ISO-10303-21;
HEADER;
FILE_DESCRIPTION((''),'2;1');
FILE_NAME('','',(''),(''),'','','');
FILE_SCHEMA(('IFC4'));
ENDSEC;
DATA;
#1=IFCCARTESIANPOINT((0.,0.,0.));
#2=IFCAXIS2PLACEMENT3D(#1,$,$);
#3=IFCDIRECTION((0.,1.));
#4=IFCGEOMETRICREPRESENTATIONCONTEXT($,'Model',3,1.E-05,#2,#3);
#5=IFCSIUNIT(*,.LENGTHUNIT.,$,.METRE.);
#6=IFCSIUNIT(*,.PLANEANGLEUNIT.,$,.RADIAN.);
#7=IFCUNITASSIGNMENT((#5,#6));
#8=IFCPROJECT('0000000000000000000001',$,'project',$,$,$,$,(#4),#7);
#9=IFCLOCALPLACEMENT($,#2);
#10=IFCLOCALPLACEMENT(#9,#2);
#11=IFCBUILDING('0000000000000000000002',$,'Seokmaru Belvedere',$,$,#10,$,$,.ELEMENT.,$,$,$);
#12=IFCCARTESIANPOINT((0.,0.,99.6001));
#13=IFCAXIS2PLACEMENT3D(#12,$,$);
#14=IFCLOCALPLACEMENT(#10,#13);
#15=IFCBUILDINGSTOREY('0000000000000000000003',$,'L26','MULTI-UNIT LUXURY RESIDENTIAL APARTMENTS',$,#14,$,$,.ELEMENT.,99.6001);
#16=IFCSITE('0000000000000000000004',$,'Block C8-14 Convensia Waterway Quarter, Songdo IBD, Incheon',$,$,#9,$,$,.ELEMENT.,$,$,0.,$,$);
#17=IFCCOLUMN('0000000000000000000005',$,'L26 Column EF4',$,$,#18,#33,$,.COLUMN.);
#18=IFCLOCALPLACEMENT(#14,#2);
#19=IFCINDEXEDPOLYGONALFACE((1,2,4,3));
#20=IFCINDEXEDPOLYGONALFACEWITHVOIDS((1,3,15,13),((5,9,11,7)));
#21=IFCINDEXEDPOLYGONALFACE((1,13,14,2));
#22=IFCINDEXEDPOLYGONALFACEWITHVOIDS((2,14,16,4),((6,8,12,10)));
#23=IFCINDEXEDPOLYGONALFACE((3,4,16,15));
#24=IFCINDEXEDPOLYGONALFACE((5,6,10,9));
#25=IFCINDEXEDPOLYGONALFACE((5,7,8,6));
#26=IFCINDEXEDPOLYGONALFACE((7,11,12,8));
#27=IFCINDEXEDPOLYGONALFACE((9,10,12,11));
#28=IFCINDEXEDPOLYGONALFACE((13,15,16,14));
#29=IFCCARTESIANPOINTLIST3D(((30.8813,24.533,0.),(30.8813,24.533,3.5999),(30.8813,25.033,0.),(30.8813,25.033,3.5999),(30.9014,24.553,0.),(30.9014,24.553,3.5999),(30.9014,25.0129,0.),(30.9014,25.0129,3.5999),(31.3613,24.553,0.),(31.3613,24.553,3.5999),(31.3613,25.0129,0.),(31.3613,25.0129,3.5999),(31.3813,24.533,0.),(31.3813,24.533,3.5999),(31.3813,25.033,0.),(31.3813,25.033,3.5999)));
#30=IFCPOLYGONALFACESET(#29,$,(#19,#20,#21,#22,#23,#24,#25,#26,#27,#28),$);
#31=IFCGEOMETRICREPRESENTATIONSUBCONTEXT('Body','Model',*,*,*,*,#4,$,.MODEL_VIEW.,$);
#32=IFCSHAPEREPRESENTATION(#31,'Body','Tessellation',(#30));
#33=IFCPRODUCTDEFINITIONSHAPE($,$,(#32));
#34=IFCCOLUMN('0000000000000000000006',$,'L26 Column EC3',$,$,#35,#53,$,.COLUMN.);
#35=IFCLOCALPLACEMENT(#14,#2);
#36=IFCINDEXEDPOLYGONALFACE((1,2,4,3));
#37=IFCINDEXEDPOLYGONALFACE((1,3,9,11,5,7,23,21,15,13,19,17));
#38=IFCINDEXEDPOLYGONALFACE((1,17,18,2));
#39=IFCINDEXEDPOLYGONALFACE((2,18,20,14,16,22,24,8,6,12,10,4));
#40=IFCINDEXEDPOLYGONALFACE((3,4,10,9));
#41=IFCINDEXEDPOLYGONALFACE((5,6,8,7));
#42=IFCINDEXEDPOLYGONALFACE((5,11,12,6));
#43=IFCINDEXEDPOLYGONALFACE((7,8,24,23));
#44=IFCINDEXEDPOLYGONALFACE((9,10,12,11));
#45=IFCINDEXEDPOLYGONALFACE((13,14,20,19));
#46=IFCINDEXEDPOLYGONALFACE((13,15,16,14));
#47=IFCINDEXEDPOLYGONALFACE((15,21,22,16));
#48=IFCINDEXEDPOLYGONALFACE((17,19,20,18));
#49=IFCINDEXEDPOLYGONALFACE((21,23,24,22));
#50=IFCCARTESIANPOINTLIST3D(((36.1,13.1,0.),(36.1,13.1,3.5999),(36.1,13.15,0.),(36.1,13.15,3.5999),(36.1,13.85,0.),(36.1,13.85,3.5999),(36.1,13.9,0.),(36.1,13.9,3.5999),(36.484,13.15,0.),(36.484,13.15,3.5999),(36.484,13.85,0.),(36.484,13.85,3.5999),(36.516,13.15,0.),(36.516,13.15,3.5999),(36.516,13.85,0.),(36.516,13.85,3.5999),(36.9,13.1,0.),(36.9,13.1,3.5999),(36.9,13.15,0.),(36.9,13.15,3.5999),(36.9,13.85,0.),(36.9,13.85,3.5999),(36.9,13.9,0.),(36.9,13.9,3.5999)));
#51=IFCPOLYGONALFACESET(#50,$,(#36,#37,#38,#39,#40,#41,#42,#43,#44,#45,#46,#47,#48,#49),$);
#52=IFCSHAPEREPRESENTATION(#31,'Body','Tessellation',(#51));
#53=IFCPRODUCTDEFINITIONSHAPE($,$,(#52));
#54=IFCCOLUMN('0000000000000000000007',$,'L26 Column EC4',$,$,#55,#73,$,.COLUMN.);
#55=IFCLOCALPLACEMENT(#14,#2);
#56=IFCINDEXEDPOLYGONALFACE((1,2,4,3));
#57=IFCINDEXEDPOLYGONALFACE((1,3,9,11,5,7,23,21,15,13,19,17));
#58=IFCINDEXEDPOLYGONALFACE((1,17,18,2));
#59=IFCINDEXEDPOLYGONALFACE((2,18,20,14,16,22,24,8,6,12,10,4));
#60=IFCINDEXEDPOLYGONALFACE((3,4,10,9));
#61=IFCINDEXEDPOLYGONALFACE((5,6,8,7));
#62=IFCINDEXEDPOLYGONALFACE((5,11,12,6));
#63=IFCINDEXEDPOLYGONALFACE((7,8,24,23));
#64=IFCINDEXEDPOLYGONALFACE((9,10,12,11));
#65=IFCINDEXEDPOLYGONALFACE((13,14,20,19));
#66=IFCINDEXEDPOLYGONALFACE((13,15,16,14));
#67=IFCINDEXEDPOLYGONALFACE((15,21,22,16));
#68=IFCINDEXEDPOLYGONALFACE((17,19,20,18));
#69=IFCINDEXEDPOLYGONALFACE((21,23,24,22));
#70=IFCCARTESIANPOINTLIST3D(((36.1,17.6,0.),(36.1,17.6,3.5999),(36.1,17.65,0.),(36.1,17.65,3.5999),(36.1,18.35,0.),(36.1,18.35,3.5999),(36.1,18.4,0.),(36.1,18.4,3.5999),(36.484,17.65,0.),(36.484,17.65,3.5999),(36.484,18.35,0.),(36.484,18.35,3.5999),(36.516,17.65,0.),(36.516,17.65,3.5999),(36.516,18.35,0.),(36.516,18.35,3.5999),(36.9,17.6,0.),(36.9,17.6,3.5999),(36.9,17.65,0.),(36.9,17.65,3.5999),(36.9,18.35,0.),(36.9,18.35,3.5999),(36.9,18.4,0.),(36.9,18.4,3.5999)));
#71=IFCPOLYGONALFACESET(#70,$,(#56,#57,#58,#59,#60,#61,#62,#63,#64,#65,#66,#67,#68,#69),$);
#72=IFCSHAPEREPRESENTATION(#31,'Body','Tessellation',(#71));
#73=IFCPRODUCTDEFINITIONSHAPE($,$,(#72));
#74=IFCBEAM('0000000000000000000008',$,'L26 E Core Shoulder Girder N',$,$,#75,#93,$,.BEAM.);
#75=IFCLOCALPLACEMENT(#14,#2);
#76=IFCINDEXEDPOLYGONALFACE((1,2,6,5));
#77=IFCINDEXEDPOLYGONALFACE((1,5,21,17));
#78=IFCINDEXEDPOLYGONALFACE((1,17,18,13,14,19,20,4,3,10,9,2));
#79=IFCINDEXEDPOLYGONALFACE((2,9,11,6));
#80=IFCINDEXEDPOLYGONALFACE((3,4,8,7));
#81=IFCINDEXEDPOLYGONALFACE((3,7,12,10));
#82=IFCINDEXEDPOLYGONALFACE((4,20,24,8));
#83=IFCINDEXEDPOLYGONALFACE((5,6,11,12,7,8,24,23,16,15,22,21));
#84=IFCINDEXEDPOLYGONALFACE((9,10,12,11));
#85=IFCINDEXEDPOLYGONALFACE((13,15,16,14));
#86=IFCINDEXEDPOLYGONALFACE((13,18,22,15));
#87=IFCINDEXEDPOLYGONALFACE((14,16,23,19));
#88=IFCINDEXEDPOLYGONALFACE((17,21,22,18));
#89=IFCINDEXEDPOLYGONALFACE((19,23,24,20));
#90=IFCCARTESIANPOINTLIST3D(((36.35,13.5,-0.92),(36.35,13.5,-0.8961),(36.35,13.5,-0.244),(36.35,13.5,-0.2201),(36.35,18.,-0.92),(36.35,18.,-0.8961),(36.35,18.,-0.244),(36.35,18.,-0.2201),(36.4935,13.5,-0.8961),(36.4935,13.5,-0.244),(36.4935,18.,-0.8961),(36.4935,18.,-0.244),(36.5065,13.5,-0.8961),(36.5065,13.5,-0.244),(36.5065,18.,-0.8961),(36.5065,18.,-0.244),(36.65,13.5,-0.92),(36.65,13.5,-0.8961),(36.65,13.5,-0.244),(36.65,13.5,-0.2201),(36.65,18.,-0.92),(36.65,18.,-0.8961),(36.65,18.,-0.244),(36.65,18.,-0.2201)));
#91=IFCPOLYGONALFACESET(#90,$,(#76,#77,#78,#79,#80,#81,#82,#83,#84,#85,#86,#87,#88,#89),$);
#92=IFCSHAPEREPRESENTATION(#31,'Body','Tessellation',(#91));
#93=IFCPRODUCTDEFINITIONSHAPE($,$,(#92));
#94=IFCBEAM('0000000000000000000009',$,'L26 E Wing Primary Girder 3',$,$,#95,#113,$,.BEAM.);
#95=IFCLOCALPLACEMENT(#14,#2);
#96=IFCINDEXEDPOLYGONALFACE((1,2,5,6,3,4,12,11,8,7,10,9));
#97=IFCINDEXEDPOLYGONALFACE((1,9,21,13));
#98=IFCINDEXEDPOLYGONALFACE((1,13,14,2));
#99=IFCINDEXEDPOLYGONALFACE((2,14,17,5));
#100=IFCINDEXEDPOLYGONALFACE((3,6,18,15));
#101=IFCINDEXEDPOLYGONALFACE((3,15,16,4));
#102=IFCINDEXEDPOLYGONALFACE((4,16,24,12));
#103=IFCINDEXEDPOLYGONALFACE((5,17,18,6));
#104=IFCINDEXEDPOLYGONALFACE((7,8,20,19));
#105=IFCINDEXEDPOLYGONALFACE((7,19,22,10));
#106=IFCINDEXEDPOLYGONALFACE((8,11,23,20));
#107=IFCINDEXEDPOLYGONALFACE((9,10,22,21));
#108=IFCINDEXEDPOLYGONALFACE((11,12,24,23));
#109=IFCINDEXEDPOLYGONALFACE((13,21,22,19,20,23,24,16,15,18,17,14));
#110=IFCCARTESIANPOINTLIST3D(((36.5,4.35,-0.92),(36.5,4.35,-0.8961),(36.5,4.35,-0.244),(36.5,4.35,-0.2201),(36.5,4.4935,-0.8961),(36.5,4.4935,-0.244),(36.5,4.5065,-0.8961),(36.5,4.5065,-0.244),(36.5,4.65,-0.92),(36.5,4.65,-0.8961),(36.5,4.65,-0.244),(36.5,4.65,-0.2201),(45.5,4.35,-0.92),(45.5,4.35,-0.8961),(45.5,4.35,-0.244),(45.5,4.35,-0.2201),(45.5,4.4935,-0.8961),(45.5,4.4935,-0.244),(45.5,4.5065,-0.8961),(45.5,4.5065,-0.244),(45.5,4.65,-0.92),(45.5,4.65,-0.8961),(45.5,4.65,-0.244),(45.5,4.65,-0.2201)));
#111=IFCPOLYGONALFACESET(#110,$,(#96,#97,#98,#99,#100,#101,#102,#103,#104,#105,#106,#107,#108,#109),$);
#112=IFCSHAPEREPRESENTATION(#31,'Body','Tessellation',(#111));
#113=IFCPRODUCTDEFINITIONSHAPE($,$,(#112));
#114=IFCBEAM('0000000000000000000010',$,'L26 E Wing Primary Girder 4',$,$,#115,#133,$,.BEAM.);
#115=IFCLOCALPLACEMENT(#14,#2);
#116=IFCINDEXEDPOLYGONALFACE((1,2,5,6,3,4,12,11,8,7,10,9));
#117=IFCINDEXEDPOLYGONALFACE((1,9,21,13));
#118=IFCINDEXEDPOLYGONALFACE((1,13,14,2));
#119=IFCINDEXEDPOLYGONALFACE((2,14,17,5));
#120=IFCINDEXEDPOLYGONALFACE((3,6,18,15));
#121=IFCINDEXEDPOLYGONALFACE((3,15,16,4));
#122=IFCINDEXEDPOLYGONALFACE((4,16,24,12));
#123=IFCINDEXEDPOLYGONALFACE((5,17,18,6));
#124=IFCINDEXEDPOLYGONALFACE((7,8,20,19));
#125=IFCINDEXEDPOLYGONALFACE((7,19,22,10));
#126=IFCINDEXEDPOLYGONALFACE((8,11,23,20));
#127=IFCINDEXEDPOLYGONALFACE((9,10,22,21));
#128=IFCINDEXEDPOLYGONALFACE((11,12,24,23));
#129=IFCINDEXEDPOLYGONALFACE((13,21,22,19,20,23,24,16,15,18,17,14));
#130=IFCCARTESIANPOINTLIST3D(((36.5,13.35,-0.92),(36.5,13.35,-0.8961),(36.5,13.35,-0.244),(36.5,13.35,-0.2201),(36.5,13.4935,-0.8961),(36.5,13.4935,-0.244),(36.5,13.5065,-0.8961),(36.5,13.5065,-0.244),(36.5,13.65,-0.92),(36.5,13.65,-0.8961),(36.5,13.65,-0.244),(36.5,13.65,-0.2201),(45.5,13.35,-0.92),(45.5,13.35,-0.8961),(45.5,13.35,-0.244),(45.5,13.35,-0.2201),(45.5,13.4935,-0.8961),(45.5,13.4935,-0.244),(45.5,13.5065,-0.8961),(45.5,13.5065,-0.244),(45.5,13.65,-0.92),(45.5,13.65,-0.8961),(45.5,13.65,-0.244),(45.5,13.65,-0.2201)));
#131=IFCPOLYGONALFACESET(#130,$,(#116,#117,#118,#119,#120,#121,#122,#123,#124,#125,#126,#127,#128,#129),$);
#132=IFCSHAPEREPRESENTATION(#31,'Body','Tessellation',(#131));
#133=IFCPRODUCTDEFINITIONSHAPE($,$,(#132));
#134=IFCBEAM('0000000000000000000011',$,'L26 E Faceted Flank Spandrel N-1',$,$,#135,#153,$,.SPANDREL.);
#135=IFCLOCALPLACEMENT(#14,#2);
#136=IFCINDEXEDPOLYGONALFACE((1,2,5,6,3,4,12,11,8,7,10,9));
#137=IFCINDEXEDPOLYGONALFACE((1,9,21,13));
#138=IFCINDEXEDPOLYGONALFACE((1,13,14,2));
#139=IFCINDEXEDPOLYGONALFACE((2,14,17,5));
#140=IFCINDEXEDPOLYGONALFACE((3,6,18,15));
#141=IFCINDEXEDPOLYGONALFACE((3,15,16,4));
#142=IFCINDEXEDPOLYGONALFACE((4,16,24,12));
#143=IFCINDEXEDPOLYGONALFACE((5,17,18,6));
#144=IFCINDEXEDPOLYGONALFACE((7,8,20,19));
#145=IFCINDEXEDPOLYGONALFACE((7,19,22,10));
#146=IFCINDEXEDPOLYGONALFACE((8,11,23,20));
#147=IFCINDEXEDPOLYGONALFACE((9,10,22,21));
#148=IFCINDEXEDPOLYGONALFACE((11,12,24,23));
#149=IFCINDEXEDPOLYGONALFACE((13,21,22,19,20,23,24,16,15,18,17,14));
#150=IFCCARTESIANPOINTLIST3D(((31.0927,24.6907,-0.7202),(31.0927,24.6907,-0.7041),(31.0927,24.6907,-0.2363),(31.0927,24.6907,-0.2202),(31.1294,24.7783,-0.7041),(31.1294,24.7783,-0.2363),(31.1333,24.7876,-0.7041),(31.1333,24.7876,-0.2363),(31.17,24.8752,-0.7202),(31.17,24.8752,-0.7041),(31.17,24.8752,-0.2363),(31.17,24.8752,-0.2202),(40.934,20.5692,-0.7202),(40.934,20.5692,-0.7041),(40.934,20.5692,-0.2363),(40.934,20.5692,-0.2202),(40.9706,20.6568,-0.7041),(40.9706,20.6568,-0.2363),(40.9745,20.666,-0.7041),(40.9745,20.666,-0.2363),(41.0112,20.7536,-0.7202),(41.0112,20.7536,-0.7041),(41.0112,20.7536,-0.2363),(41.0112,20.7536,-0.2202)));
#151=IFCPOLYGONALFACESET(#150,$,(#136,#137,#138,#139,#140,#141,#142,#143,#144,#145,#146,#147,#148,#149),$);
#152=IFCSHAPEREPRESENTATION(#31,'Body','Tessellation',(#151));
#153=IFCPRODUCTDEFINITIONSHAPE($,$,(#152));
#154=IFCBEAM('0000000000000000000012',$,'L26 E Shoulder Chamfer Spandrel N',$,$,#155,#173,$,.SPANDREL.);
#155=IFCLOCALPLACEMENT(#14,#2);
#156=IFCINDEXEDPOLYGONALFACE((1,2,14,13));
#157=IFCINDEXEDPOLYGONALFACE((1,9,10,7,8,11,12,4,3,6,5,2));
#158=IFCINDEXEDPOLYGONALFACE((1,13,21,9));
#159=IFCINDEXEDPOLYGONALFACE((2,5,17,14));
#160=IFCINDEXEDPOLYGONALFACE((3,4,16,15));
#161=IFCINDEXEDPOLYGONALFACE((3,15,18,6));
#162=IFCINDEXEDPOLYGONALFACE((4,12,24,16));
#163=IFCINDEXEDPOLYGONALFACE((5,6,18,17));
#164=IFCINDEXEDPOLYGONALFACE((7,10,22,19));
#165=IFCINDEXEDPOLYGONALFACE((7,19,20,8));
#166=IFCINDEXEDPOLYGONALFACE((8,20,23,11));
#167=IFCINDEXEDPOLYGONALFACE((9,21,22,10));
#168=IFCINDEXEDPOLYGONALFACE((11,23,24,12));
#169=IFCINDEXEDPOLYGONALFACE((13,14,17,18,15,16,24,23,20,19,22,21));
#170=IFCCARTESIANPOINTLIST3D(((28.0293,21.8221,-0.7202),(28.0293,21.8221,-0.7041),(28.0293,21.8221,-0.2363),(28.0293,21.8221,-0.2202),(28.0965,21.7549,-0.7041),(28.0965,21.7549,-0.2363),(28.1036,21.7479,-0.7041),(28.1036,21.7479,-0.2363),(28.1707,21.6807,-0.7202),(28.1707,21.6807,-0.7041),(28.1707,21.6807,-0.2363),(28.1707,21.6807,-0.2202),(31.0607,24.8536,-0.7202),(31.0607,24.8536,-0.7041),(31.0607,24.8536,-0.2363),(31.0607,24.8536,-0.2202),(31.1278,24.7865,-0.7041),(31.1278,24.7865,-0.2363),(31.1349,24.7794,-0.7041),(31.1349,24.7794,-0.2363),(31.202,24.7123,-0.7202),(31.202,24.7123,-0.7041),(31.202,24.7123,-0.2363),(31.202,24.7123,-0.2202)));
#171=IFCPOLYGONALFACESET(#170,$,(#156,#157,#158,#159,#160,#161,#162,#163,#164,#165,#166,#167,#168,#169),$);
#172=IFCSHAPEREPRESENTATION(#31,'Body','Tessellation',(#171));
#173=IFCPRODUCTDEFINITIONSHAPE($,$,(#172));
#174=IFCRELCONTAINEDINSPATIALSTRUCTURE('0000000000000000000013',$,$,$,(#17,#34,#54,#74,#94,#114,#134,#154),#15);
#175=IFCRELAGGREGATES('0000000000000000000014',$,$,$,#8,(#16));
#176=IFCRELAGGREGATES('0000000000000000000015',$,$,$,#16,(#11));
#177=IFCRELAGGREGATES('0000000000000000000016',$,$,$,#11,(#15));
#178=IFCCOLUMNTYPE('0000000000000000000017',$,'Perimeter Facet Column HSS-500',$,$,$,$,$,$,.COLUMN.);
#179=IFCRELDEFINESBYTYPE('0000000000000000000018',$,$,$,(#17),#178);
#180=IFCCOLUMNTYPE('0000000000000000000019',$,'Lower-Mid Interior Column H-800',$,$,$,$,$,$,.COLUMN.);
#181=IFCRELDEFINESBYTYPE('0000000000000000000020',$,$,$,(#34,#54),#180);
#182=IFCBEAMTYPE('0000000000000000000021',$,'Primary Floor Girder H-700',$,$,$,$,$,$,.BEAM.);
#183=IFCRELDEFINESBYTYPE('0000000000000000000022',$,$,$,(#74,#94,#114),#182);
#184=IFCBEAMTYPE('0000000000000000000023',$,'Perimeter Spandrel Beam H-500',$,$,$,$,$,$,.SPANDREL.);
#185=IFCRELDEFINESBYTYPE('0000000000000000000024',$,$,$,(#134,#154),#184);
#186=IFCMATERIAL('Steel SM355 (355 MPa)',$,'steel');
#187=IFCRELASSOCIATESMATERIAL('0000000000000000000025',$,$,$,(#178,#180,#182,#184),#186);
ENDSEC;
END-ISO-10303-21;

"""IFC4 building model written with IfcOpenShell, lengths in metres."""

from ifc_helpers import new_model, si_unit, direction, frame, origin, origin_2d, place, context, subcontext, project, spatial, hollow_rectangle, i_section, extrude, source, transform, mapped, material, material_profile, profile_set, type_object, type_shapes, element, save


model = new_model("IFC4")

# Units and contexts
model_context = context("Model", 3, precision=1e-05, world=origin(), true_north=direction((0.0, 1.0)))
body_context = subcontext(model_context, "Body", "Model", "MODEL_VIEW")
ifc_project = project(units=[si_unit("LENGTHUNIT", "METRE"), si_unit("PLANEANGLEUNIT", "RADIAN")], contexts=[model_context])

# Site, building, storey
site_placement = place(None, origin())
site = spatial("IfcSite", under=ifc_project, at=site_placement, Name="Block C8-14 Convensia Waterway Quarter, Songdo IBD, Incheon", CompositionType="ELEMENT", RefElevation=0.0)
building_placement = place(site_placement, origin())
building = spatial("IfcBuilding", under=site, at=building_placement, Name="Seokmaru Belvedere", CompositionType="ELEMENT")
storey_placement = place(building_placement, frame((0.0, 0.0, 99.6001)))
storey = spatial("IfcBuildingStorey", under=building, at=storey_placement, Name="L26", Description="MULTI-UNIT LUXURY RESIDENTIAL APARTMENTS", CompositionType="ELEMENT", Elevation=99.6001)

# Columns
ifc_material_1 = material(Name="Steel SM355 (355 MPa)", Category="steel")
ifc_material_profile_1 = material_profile(ifc_material_1, hollow_rectangle(XDim=0.5, YDim=0.5, WallThickness=0.02, at=origin_2d()), Name="HSS-500x500x20")
ifc_profile_set_1 = profile_set([ifc_material_profile_1], Name="Steel SM355 (355 MPa)")
column_type_1 = type_object("IfcColumnType", Name="Perimeter Facet Column HSS-500", PredefinedType="COLUMN", material=ifc_profile_set_1)
shared_shape_1 = source(origin(), body_context, "Body", "SweptSolid", [
    extrude(hollow_rectangle(XDim=0.5, YDim=0.5, WallThickness=0.02, at=origin_2d()), origin(), (0.0, 0.0, 1.0), 3.5999),
])
type_shapes(column_type_1, [shared_shape_1])
column_placement = place(storey_placement, frame((31.1313, 24.783, 0.0), z_axis=(0.0, 0.0, 1.0), x_axis=(1.0, 0.0, 0.0)))
element("IfcColumn", 1, at=column_placement, inside=storey, type_object=column_type_1, Name="L26 Column EF4", PredefinedType="COLUMN", context=body_context, shape_type="MappedRepresentation", body=[
    mapped(shared_shape_1, transform((0.0, 0.0, 0.0), scale=1.0)),
])
ifc_material_profile_2 = material_profile(ifc_material_1, i_section(OverallWidth=0.8, OverallDepth=0.8, WebThickness=0.032, FlangeThickness=0.05, at=origin_2d()), Name="H-800x800x32x50")
ifc_profile_set_2 = profile_set([ifc_material_profile_2], Name="Steel SM355 (355 MPa)")
column_type_2 = type_object("IfcColumnType", Name="Lower-Mid Interior Column H-800", PredefinedType="COLUMN", material=ifc_profile_set_2)
shared_shape_2 = source(origin(), body_context, "Body", "SweptSolid", [
    extrude(i_section(OverallWidth=0.8, OverallDepth=0.8, WebThickness=0.032, FlangeThickness=0.05, at=origin_2d()), origin(), (0.0, 0.0, 1.0), 3.5999),
])
type_shapes(column_type_2, [shared_shape_2])
for number, where, z_axis, x_axis, name in (
    (2, (36.5, 13.5, 0.0), (0.0, 0.0, 1.0), (1.0, 0.0, 0.0), "L26 Column EC3"),
    (3, (36.5, 18.0, 0.0), (0.0, 0.0, 1.0), (1.0, 0.0, 0.0), "L26 Column EC4"),
):
    element("IfcColumn", number, at=place(storey_placement, frame(where, z_axis=z_axis, x_axis=x_axis)), inside=storey, type_object=column_type_2, Name=name, PredefinedType="COLUMN", context=body_context, shape_type="MappedRepresentation", body=[
        mapped(shared_shape_2, transform((0.0, 0.0, 0.0), scale=1.0)),
    ])

# Beams
ifc_material_profile_3 = material_profile(ifc_material_1, i_section(OverallWidth=0.3, OverallDepth=0.7, WebThickness=0.0129, FlangeThickness=0.0239, at=origin_2d()), Name="H-700x300x13x24")
ifc_profile_set_3 = profile_set([ifc_material_profile_3], Name="Steel SM355 (355 MPa)")
beam_type_1 = type_object("IfcBeamType", Name="Primary Floor Girder H-700", PredefinedType="BEAM", material=ifc_profile_set_3)
shared_shape_3 = source(origin(), body_context, "Body", "SweptSolid", [
    extrude(i_section(OverallWidth=0.3, OverallDepth=0.7, WebThickness=0.0129, FlangeThickness=0.0239, at=origin_2d()), origin(), (0.0, 0.0, 1.0), 4.5),
])
beam_1_placement = place(storey_placement, frame((36.5, 13.5, -0.5701), z_axis=(0.0, 1.0, 0.0), x_axis=(-1.0, 0.0, 0.0)))
element("IfcBeam", 4, at=beam_1_placement, inside=storey, type_object=beam_type_1, Name="L26 E Core Shoulder Girder N", PredefinedType="BEAM", context=body_context, shape_type="MappedRepresentation", body=[
    mapped(shared_shape_3, transform((0.0, 0.0, 0.0), scale=1.0)),
])
shared_shape_4 = source(origin(), body_context, "Body", "SweptSolid", [
    extrude(i_section(OverallWidth=0.3, OverallDepth=0.7, WebThickness=0.0129, FlangeThickness=0.0239, at=origin_2d()), origin(), (0.0, 0.0, 1.0), 9.0),
])
type_shapes(beam_type_1, [shared_shape_3, shared_shape_4])
for number, where, z_axis, x_axis, name in (
    (5, (36.5, 4.5, -0.5701), (1.0, 0.0, 0.0), (0.0, 1.0, 0.0), "L26 E Wing Primary Girder 3"),
    (6, (36.5, 13.5, -0.5701), (1.0, 0.0, 0.0), (0.0, 1.0, 0.0), "L26 E Wing Primary Girder 4"),
):
    element("IfcBeam", number, at=place(storey_placement, frame(where, z_axis=z_axis, x_axis=x_axis)), inside=storey, type_object=beam_type_1, Name=name, PredefinedType="BEAM", context=body_context, shape_type="MappedRepresentation", body=[
        mapped(shared_shape_4, transform((0.0, 0.0, 0.0), scale=1.0)),
    ])
ifc_material_profile_4 = material_profile(ifc_material_1, i_section(OverallWidth=0.2, OverallDepth=0.5, WebThickness=0.01, FlangeThickness=0.0161, at=origin_2d()), Name="H-500x200x10x16")
ifc_profile_set_4 = profile_set([ifc_material_profile_4], Name="Steel SM355 (355 MPa)")
beam_type_2 = type_object("IfcBeamType", Name="Perimeter Spandrel Beam H-500", PredefinedType="SPANDREL", material=ifc_profile_set_4)
shared_shape_5 = source(origin(), body_context, "Body", "SweptSolid", [
    extrude(i_section(OverallWidth=0.2, OverallDepth=0.5, WebThickness=0.01, FlangeThickness=0.0161, at=origin_2d()), origin(), (0.0, 0.0, 1.0), 10.6694),
])
beam_2_placement = place(storey_placement, frame((31.1313, 24.783, -0.4702), z_axis=(0.922375, -0.386295, 0.0), x_axis=(0.386295, 0.922375, 0.0)))
element("IfcBeam", 7, at=beam_2_placement, inside=storey, type_object=beam_type_2, Name="L26 E Faceted Flank Spandrel N-1", PredefinedType="SPANDREL", context=body_context, shape_type="MappedRepresentation", body=[
    mapped(shared_shape_5, transform((0.0, 0.0, 0.0), scale=1.0)),
])
shared_shape_6 = source(origin(), body_context, "Body", "SweptSolid", [
    extrude(i_section(OverallWidth=0.2, OverallDepth=0.5, WebThickness=0.01, FlangeThickness=0.0161, at=origin_2d()), origin(), (0.0, 0.0, 1.0), 4.2871),
])
type_shapes(beam_type_2, [shared_shape_5, shared_shape_6])
beam_3_placement = place(storey_placement, frame((31.1313, 24.783, -0.4702), z_axis=(-0.707078, -0.707135, 0.0), x_axis=(0.707135, -0.707078, 0.0)))
element("IfcBeam", 8, at=beam_3_placement, inside=storey, type_object=beam_type_2, Name="L26 E Shoulder Chamfer Spandrel N", PredefinedType="SPANDREL", context=body_context, shape_type="MappedRepresentation", body=[
    mapped(shared_shape_6, transform((0.0, 0.0, 0.0), scale=1.0)),
])

save(model, "model.ifc")
